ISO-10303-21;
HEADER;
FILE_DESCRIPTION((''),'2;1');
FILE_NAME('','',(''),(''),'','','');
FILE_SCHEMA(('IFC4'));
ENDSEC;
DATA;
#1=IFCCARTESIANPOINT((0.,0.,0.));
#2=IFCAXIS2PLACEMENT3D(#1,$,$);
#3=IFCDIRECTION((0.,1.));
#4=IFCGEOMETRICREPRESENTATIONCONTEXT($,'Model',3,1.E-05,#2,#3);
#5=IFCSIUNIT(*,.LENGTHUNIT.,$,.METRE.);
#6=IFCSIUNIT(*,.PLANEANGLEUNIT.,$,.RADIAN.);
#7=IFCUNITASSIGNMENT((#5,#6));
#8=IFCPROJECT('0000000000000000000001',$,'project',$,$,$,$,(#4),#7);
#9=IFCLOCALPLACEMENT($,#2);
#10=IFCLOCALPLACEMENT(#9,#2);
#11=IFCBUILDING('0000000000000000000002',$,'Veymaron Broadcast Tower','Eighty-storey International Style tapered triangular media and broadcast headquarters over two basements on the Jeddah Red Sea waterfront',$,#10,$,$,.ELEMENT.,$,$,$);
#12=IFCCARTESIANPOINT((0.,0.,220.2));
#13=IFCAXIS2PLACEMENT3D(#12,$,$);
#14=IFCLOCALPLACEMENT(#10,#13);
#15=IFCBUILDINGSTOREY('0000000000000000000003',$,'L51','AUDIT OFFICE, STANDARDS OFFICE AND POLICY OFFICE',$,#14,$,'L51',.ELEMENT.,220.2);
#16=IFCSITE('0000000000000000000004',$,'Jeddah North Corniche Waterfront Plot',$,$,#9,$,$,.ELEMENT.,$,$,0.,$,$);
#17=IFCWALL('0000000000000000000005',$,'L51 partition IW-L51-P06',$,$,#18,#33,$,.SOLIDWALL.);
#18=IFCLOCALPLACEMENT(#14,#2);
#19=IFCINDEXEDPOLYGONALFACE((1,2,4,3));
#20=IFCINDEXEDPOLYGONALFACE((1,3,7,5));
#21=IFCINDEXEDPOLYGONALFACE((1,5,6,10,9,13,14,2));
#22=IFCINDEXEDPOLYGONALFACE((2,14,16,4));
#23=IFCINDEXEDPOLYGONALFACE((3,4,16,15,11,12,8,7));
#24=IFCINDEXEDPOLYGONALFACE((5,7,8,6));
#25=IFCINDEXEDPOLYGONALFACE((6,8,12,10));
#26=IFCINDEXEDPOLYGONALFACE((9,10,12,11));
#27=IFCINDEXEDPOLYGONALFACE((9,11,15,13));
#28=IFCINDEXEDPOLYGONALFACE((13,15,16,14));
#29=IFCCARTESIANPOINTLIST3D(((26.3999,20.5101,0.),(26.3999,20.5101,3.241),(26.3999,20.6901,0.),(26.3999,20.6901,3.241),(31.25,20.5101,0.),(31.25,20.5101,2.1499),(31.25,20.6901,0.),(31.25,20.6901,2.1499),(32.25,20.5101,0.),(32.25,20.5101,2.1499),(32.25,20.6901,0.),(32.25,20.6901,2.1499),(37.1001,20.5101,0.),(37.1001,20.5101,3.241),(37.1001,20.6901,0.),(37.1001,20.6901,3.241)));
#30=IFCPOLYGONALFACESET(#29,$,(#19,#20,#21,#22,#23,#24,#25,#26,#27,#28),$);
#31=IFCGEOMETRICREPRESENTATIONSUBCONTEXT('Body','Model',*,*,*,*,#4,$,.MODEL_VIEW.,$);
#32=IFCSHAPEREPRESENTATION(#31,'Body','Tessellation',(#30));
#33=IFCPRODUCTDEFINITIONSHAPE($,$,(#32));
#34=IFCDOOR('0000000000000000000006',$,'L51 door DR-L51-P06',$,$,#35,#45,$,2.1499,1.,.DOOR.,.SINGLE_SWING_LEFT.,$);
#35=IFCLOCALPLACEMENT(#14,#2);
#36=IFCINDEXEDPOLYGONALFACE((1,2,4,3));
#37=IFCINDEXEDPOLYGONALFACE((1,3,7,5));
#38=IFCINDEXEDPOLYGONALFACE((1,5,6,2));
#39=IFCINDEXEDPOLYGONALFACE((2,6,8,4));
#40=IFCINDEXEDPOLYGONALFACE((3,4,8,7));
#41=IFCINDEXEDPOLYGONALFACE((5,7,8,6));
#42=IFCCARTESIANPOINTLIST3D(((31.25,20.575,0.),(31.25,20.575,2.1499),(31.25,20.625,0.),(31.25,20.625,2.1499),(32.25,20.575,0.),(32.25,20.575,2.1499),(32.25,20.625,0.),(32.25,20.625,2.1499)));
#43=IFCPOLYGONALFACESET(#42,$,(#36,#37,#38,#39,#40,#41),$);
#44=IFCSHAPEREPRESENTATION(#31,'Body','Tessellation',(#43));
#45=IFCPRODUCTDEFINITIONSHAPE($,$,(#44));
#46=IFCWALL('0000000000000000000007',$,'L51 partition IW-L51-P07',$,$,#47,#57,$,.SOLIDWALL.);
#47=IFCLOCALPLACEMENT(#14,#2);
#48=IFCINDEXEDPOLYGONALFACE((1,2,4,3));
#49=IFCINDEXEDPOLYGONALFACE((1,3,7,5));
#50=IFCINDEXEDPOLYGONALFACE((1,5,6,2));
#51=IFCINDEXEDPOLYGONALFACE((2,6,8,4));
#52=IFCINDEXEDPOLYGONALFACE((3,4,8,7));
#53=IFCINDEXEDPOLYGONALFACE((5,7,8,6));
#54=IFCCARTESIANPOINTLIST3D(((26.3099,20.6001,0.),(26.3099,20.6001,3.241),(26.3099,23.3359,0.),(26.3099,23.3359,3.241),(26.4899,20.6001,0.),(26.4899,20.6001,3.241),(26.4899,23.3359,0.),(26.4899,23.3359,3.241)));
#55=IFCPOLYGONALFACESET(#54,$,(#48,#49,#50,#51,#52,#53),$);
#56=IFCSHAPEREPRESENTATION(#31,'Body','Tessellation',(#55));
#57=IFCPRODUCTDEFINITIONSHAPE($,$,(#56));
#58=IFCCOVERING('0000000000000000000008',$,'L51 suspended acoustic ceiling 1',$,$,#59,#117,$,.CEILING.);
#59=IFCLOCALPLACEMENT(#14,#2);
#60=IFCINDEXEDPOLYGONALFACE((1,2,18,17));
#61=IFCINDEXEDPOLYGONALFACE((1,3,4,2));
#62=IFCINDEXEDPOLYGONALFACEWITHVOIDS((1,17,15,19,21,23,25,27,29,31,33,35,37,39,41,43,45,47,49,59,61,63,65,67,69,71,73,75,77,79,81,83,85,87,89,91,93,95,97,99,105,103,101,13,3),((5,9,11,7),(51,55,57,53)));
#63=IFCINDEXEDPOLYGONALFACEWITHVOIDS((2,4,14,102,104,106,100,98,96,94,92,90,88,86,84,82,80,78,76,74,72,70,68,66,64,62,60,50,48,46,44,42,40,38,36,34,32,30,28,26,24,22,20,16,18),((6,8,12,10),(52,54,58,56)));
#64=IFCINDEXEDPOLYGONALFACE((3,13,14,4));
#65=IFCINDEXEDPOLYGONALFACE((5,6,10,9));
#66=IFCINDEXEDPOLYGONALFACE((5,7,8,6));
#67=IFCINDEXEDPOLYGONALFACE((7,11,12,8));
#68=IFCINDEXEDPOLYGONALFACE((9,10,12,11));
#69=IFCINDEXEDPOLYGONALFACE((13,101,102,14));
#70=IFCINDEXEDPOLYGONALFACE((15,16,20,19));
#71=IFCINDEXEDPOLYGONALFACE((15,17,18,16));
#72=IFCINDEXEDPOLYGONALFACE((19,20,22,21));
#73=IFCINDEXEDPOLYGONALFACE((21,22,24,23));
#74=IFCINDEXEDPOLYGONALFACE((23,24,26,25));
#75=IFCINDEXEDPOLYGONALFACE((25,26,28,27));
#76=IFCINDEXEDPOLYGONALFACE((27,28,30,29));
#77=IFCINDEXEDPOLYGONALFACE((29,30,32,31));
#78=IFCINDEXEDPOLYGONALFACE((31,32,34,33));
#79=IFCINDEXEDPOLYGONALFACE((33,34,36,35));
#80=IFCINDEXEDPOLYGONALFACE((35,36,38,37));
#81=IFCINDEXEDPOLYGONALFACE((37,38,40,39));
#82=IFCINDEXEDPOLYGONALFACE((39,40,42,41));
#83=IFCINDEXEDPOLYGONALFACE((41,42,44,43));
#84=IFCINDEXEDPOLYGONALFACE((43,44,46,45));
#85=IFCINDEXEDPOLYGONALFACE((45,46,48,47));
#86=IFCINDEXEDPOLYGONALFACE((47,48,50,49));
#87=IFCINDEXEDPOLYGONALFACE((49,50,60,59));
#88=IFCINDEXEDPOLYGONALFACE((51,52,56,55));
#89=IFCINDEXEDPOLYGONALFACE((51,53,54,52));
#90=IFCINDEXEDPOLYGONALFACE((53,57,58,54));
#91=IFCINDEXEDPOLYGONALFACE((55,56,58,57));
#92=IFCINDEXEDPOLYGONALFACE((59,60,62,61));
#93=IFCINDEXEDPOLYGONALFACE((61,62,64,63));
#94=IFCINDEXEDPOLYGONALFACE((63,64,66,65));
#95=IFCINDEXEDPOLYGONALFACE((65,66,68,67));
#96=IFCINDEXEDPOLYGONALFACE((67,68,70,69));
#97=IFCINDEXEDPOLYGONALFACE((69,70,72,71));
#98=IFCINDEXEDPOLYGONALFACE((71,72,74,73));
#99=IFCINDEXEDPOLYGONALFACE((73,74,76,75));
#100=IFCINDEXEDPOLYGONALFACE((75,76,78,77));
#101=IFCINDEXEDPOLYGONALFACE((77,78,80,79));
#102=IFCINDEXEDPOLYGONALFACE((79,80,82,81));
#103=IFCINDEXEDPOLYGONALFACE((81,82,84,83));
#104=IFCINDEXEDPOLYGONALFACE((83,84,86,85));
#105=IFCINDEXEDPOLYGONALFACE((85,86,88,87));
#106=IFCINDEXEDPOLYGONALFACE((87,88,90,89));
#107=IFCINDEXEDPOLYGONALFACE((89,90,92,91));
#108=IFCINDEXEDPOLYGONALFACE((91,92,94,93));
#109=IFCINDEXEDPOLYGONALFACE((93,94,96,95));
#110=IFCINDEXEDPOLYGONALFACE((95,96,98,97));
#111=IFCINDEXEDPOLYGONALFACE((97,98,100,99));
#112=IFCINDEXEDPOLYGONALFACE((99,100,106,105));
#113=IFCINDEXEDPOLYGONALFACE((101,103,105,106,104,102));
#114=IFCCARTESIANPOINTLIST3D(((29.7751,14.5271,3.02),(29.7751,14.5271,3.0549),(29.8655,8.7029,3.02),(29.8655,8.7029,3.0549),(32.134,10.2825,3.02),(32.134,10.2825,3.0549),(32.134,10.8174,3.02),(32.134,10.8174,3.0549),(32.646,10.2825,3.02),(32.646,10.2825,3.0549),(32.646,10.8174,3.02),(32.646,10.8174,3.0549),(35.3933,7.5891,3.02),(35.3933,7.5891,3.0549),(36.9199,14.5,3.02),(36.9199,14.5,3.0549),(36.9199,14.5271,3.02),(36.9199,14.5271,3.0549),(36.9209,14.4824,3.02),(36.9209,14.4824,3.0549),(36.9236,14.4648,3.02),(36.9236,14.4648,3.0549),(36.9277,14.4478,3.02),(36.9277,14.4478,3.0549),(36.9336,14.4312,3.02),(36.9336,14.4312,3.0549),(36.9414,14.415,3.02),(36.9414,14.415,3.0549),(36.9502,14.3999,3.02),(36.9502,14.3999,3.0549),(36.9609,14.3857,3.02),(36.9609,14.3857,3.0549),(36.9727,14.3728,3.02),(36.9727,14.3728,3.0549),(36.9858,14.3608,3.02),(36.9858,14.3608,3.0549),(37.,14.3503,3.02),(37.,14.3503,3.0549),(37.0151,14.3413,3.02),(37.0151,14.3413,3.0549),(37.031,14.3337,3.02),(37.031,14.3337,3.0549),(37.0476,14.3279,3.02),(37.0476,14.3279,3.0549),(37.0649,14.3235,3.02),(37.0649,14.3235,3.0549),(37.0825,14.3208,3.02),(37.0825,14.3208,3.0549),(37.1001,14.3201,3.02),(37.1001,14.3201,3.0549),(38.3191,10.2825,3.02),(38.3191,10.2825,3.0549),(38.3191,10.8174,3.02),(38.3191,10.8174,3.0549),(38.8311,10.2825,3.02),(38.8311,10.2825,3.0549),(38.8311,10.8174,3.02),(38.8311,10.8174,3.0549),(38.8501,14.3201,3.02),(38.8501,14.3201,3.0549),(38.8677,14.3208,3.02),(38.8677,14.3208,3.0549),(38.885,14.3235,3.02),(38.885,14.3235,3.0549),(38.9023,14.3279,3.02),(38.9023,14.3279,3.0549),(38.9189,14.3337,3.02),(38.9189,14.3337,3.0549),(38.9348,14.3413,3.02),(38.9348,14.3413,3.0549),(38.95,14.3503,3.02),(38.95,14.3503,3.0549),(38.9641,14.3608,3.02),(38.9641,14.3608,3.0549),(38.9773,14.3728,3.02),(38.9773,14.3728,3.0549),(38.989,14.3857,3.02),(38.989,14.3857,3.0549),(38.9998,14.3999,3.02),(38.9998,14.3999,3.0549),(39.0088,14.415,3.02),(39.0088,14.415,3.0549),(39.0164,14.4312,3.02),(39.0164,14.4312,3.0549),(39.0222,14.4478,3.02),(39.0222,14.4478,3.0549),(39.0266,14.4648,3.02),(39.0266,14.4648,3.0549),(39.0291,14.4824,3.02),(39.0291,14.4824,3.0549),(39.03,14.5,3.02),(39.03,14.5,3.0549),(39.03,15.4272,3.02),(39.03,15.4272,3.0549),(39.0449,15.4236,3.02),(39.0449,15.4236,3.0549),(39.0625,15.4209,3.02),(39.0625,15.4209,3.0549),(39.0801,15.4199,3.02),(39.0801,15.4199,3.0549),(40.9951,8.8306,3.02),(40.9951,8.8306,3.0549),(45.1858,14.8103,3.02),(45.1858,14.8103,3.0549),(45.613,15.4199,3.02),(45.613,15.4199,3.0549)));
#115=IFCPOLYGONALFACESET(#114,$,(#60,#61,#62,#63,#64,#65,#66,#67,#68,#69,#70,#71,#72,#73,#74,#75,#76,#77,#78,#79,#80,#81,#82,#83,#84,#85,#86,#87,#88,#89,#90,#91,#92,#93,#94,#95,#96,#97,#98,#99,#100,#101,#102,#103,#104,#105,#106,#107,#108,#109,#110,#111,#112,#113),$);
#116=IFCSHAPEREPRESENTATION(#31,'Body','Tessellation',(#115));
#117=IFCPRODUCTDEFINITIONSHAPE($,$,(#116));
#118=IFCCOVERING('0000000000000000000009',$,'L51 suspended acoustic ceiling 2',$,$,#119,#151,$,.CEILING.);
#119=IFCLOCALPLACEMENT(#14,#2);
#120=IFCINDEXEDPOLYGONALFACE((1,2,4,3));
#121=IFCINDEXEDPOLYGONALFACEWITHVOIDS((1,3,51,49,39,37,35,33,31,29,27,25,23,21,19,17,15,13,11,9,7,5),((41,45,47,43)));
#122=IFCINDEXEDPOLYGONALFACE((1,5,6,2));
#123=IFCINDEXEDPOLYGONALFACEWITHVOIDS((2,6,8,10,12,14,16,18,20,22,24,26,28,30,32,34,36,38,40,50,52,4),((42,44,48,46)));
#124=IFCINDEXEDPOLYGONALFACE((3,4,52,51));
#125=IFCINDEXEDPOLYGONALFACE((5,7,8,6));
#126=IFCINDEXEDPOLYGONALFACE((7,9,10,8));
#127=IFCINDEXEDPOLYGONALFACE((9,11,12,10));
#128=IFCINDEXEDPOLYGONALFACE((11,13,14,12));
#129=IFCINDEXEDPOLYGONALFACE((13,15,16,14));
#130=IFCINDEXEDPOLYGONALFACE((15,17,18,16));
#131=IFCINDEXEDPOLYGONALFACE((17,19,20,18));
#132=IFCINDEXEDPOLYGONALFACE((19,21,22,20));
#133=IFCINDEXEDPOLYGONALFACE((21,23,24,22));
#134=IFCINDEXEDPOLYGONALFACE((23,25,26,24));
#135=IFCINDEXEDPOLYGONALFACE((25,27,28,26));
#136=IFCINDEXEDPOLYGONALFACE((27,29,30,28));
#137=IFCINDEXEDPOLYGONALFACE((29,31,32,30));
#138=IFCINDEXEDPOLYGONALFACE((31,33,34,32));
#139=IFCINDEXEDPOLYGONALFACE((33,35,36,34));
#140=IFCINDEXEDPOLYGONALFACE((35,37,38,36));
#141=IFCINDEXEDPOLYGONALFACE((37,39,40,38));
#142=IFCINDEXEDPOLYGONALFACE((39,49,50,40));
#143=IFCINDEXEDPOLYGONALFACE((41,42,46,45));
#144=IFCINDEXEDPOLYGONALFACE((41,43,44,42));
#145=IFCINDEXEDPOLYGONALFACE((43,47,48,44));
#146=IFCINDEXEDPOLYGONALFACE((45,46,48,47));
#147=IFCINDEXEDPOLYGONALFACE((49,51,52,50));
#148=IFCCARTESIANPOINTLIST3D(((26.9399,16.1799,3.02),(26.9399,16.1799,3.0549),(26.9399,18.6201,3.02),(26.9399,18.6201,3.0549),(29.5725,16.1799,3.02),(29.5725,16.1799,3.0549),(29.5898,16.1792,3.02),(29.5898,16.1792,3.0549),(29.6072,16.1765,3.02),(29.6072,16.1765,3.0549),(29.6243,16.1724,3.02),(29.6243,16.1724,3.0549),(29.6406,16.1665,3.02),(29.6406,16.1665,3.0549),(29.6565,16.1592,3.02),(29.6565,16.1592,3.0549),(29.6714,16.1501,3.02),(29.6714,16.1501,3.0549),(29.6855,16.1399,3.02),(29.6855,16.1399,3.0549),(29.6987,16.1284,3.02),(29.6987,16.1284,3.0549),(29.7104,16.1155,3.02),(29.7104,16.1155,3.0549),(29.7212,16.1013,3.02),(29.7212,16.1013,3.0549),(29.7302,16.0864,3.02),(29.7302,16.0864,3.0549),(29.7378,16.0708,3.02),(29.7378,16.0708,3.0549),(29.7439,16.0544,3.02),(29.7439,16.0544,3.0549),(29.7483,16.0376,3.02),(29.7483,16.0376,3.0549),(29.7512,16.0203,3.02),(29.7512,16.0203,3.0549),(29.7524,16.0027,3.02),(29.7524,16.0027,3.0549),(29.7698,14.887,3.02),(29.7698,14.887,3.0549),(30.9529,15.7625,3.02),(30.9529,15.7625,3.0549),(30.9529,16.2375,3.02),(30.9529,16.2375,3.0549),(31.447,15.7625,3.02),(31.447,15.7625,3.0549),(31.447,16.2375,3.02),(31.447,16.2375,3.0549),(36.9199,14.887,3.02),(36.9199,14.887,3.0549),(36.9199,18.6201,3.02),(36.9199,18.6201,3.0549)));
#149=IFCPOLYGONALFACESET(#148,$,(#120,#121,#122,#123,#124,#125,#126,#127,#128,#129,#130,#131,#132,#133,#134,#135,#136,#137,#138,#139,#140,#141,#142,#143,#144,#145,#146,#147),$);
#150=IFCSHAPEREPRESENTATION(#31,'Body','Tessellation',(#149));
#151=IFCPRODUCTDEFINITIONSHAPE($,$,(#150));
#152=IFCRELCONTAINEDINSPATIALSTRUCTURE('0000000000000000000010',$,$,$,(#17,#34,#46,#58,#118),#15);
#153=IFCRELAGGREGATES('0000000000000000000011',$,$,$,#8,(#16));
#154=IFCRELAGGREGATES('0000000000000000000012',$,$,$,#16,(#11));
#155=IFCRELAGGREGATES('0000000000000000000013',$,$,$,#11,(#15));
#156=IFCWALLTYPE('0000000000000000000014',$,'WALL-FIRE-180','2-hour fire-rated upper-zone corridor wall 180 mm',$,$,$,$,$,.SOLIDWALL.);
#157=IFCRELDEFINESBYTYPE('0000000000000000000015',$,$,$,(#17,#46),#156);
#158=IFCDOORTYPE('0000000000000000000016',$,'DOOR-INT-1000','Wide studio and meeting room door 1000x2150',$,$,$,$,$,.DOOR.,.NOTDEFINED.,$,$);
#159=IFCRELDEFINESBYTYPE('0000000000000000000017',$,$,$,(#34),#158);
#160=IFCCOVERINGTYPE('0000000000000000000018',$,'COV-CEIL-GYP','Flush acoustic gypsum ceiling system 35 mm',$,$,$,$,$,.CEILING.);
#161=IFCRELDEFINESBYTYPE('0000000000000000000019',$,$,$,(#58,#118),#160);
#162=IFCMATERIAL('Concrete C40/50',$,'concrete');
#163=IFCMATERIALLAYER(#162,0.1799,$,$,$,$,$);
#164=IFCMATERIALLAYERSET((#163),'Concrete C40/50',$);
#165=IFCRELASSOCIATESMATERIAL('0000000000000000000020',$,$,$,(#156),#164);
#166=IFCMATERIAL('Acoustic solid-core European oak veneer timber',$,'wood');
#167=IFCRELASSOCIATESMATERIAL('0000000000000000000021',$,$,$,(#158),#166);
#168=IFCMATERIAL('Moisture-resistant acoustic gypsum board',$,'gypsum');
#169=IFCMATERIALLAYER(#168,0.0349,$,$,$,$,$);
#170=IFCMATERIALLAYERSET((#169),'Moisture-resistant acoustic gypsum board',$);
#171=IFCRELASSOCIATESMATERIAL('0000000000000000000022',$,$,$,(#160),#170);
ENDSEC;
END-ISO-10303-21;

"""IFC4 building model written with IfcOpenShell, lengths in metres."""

from ifc_helpers import new_model, si_unit, direction, frame, frame_2d, origin, place, context, subcontext, project, spatial, polyline, rectangle, outline, extrude, material, layer, layer_set, type_object, element, fill, save


model = new_model("IFC4")

# Units and contexts
model_context = context("Model", 3, precision=1e-05, world=origin(), true_north=direction((0.0, 1.0)))
body_context = subcontext(model_context, "Body", "Model", "MODEL_VIEW")
ifc_project = project(units=[si_unit("LENGTHUNIT", "METRE"), si_unit("PLANEANGLEUNIT", "RADIAN")], contexts=[model_context])

# Site, building, storey
site_placement = place(None, origin())
site = spatial("IfcSite", under=ifc_project, at=site_placement, Name="Jeddah North Corniche Waterfront Plot", CompositionType="ELEMENT", RefElevation=0.0)
building_placement = place(site_placement, origin())
building = spatial("IfcBuilding", under=site, at=building_placement, Name="Veymaron Broadcast Tower", Description="Eighty-storey International Style tapered triangular media and broadcast headquarters over two basements on the Jeddah Red Sea waterfront", CompositionType="ELEMENT")
storey_placement = place(building_placement, frame((0.0, 0.0, 220.2)))
storey = spatial("IfcBuildingStorey", under=building, at=storey_placement, Name="L51", Description="AUDIT OFFICE, STANDARDS OFFICE AND POLICY OFFICE", LongName="L51", CompositionType="ELEMENT", Elevation=220.2)

# Shared definitions
ifc_material_1 = material(Name="Concrete C40/50", Category="concrete")

# Wall, opening, door
ifc_layer_1 = layer(ifc_material_1, 0.1799)
ifc_layer_set_1 = layer_set([ifc_layer_1], Name="Concrete C40/50")
wall_type_1 = type_object("IfcWallType", Name="WALL-FIRE-180", Description="2-hour fire-rated upper-zone corridor wall 180 mm", PredefinedType="SOLIDWALL", material=ifc_layer_set_1)
ifc_material_2 = material(Name="Acoustic solid-core European oak veneer timber", Category="wood")
door_type = type_object("IfcDoorType", Name="DOOR-INT-1000", Description="Wide studio and meeting room door 1000x2150", OperationType="NOTDEFINED", PredefinedType="DOOR", material=ifc_material_2)
wall_1_placement = place(storey_placement, frame((26.3999, 20.6001, 0.0), z_axis=(0.0, 0.0, 1.0), x_axis=(1.0, 0.0, 0.0)))
wall_1 = element("IfcWall", 1, at=wall_1_placement, inside=storey, type_object=wall_type_1, Name="L51 partition IW-L51-P06", PredefinedType="SOLIDWALL", context=body_context, shape_type="SweptSolid", body=[
    extrude(rectangle(XDim=10.7002, YDim=0.1799, at=frame_2d((5.3501, 0.0))), origin(), (0.0, 0.0, 1.0), 3.241),
])
opening_1_placement = place(wall_1_placement, frame((4.8501, 0.0, 0.0)))
opening_1 = element("IfcOpeningElement", 2, at=opening_1_placement, cuts=wall_1, PredefinedType="OPENING", context=body_context, shape_type="SweptSolid", body=[
    extrude(rectangle(XDim=1.0, YDim=2.1499, at=frame_2d((0.5, 1.075))), frame((0.0, 0.1001, 0.0), z_axis=(0.0, -1.0, 0.0), x_axis=(1.0, 0.0, 0.0)), (0.0, 0.0, 1.0), 0.2),
])
door_1_placement = place(opening_1_placement, origin())
door_1 = element("IfcDoor", 3, at=door_1_placement, inside=storey, type_object=door_type, Name="L51 door DR-L51-P06", OperationType="SINGLE_SWING_LEFT", OverallHeight=2.1499, OverallWidth=1.0, PredefinedType="DOOR", context=body_context, shape_type="SweptSolid", body=[
    extrude(rectangle(XDim=1.0, YDim=2.1499, at=frame_2d((0.5, 1.075))), frame((0.0, 0.0249, 0.0), z_axis=(0.0, -1.0, 0.0), x_axis=(1.0, 0.0, 0.0)), (0.0, 0.0, 1.0), 0.05),
])
fill(opening_1, door_1)

# Wall
wall_2_placement = place(storey_placement, frame((26.3999, 20.6001, 0.0), z_axis=(0.0, 0.0, 1.0), x_axis=(0.0, 1.0, 0.0)))
element("IfcWall", 4, at=wall_2_placement, inside=storey, type_object=wall_type_1, Name="L51 partition IW-L51-P07", PredefinedType="SOLIDWALL", context=body_context, shape_type="SweptSolid", body=[
    extrude(rectangle(XDim=2.7358, YDim=0.1799, at=frame_2d((1.3679, 0.0))), origin(), (0.0, 0.0, 1.0), 3.241),
])

# Coverings
ifc_material_3 = material(Name="Moisture-resistant acoustic gypsum board", Category="gypsum")
ifc_layer_2 = layer(ifc_material_3, 0.0349)
ifc_layer_set_2 = layer_set([ifc_layer_2], Name="Moisture-resistant acoustic gypsum board")
covering_type_1 = type_object("IfcCoveringType", Name="COV-CEIL-GYP", Description="Flush acoustic gypsum ceiling system 35 mm", PredefinedType="CEILING", material=ifc_layer_set_2)
covering_1_placement = place(storey_placement, frame((0.0, 0.0, 3.02)))
element("IfcCovering", 5, at=covering_1_placement, inside=storey, type_object=covering_type_1, Name="L51 suspended acoustic ceiling 1", PredefinedType="CEILING", context=body_context, shape_type="SweptSolid", body=[
    extrude(outline(polyline([(37.031, 14.3337), (37.0476, 14.3279), (37.0649, 14.3235), (37.0825, 14.3208), (37.1001, 14.3201), (38.8501, 14.3201), (38.8677, 14.3208), (38.885, 14.3235), (38.9023, 14.3279), (38.9189, 14.3337), (38.9348, 14.3413), (38.95, 14.3503), (38.9641, 14.3608), (38.9773, 14.3728), (38.989, 14.3857), (38.9998, 14.3999), (39.0088, 14.415), (39.0164, 14.4312), (39.0222, 14.4478), (39.0266, 14.4648), (39.0291, 14.4824), (39.03, 14.5), (39.03, 15.4272), (39.0449, 15.4236), (39.0625, 15.4209), (39.0801, 15.4199), (45.613, 15.4199), (45.1858, 14.8103), (40.9951, 8.8306), (35.3933, 7.5891), (29.8655, 8.7029), (29.7751, 14.5271), (36.9199, 14.5271), (36.9199, 14.5), (36.9209, 14.4824), (36.9236, 14.4648), (36.9277, 14.4478), (36.9336, 14.4312), (36.9414, 14.415), (36.9502, 14.3999), (36.9609, 14.3857), (36.9727, 14.3728), (36.9858, 14.3608), (37.0, 14.3503), (37.0151, 14.3413), (37.031, 14.3337)]), holes=[polyline([(38.8311, 10.8174), (38.3191, 10.8174), (38.3191, 10.2825), (38.8311, 10.2825), (38.8311, 10.8174)]), polyline([(32.134, 10.8174), (32.134, 10.2825), (32.646, 10.2825), (32.646, 10.8174), (32.134, 10.8174)])]), origin(), (0.0, 0.0, 1.0), 0.0349),
])
covering_2_placement = place(storey_placement, frame((0.0, 0.0, 3.02)))
element("IfcCovering", 6, at=covering_2_placement, inside=storey, type_object=covering_type_1, Name="L51 suspended acoustic ceiling 2", PredefinedType="CEILING", context=body_context, shape_type="SweptSolid", body=[
    extrude(outline(polyline([(29.6565, 16.1592), (29.6406, 16.1665), (29.6243, 16.1724), (29.6072, 16.1765), (29.5898, 16.1792), (29.5725, 16.1799), (26.9399, 16.1799), (26.9399, 18.6201), (36.9199, 18.6201), (36.9199, 14.887), (29.7698, 14.887), (29.7524, 16.0027), (29.7512, 16.0203), (29.7483, 16.0376), (29.7439, 16.0544), (29.7378, 16.0708), (29.7302, 16.0864), (29.7212, 16.1013), (29.7104, 16.1155), (29.6987, 16.1284), (29.6855, 16.1399), (29.6714, 16.1501), (29.6565, 16.1592)]), holes=[polyline([(30.9529, 16.2375), (30.9529, 15.7625), (31.447, 15.7625), (31.447, 16.2375), (30.9529, 16.2375)])]), origin(), (0.0, 0.0, 1.0), 0.0349),
])

save(model, "model.ifc")
